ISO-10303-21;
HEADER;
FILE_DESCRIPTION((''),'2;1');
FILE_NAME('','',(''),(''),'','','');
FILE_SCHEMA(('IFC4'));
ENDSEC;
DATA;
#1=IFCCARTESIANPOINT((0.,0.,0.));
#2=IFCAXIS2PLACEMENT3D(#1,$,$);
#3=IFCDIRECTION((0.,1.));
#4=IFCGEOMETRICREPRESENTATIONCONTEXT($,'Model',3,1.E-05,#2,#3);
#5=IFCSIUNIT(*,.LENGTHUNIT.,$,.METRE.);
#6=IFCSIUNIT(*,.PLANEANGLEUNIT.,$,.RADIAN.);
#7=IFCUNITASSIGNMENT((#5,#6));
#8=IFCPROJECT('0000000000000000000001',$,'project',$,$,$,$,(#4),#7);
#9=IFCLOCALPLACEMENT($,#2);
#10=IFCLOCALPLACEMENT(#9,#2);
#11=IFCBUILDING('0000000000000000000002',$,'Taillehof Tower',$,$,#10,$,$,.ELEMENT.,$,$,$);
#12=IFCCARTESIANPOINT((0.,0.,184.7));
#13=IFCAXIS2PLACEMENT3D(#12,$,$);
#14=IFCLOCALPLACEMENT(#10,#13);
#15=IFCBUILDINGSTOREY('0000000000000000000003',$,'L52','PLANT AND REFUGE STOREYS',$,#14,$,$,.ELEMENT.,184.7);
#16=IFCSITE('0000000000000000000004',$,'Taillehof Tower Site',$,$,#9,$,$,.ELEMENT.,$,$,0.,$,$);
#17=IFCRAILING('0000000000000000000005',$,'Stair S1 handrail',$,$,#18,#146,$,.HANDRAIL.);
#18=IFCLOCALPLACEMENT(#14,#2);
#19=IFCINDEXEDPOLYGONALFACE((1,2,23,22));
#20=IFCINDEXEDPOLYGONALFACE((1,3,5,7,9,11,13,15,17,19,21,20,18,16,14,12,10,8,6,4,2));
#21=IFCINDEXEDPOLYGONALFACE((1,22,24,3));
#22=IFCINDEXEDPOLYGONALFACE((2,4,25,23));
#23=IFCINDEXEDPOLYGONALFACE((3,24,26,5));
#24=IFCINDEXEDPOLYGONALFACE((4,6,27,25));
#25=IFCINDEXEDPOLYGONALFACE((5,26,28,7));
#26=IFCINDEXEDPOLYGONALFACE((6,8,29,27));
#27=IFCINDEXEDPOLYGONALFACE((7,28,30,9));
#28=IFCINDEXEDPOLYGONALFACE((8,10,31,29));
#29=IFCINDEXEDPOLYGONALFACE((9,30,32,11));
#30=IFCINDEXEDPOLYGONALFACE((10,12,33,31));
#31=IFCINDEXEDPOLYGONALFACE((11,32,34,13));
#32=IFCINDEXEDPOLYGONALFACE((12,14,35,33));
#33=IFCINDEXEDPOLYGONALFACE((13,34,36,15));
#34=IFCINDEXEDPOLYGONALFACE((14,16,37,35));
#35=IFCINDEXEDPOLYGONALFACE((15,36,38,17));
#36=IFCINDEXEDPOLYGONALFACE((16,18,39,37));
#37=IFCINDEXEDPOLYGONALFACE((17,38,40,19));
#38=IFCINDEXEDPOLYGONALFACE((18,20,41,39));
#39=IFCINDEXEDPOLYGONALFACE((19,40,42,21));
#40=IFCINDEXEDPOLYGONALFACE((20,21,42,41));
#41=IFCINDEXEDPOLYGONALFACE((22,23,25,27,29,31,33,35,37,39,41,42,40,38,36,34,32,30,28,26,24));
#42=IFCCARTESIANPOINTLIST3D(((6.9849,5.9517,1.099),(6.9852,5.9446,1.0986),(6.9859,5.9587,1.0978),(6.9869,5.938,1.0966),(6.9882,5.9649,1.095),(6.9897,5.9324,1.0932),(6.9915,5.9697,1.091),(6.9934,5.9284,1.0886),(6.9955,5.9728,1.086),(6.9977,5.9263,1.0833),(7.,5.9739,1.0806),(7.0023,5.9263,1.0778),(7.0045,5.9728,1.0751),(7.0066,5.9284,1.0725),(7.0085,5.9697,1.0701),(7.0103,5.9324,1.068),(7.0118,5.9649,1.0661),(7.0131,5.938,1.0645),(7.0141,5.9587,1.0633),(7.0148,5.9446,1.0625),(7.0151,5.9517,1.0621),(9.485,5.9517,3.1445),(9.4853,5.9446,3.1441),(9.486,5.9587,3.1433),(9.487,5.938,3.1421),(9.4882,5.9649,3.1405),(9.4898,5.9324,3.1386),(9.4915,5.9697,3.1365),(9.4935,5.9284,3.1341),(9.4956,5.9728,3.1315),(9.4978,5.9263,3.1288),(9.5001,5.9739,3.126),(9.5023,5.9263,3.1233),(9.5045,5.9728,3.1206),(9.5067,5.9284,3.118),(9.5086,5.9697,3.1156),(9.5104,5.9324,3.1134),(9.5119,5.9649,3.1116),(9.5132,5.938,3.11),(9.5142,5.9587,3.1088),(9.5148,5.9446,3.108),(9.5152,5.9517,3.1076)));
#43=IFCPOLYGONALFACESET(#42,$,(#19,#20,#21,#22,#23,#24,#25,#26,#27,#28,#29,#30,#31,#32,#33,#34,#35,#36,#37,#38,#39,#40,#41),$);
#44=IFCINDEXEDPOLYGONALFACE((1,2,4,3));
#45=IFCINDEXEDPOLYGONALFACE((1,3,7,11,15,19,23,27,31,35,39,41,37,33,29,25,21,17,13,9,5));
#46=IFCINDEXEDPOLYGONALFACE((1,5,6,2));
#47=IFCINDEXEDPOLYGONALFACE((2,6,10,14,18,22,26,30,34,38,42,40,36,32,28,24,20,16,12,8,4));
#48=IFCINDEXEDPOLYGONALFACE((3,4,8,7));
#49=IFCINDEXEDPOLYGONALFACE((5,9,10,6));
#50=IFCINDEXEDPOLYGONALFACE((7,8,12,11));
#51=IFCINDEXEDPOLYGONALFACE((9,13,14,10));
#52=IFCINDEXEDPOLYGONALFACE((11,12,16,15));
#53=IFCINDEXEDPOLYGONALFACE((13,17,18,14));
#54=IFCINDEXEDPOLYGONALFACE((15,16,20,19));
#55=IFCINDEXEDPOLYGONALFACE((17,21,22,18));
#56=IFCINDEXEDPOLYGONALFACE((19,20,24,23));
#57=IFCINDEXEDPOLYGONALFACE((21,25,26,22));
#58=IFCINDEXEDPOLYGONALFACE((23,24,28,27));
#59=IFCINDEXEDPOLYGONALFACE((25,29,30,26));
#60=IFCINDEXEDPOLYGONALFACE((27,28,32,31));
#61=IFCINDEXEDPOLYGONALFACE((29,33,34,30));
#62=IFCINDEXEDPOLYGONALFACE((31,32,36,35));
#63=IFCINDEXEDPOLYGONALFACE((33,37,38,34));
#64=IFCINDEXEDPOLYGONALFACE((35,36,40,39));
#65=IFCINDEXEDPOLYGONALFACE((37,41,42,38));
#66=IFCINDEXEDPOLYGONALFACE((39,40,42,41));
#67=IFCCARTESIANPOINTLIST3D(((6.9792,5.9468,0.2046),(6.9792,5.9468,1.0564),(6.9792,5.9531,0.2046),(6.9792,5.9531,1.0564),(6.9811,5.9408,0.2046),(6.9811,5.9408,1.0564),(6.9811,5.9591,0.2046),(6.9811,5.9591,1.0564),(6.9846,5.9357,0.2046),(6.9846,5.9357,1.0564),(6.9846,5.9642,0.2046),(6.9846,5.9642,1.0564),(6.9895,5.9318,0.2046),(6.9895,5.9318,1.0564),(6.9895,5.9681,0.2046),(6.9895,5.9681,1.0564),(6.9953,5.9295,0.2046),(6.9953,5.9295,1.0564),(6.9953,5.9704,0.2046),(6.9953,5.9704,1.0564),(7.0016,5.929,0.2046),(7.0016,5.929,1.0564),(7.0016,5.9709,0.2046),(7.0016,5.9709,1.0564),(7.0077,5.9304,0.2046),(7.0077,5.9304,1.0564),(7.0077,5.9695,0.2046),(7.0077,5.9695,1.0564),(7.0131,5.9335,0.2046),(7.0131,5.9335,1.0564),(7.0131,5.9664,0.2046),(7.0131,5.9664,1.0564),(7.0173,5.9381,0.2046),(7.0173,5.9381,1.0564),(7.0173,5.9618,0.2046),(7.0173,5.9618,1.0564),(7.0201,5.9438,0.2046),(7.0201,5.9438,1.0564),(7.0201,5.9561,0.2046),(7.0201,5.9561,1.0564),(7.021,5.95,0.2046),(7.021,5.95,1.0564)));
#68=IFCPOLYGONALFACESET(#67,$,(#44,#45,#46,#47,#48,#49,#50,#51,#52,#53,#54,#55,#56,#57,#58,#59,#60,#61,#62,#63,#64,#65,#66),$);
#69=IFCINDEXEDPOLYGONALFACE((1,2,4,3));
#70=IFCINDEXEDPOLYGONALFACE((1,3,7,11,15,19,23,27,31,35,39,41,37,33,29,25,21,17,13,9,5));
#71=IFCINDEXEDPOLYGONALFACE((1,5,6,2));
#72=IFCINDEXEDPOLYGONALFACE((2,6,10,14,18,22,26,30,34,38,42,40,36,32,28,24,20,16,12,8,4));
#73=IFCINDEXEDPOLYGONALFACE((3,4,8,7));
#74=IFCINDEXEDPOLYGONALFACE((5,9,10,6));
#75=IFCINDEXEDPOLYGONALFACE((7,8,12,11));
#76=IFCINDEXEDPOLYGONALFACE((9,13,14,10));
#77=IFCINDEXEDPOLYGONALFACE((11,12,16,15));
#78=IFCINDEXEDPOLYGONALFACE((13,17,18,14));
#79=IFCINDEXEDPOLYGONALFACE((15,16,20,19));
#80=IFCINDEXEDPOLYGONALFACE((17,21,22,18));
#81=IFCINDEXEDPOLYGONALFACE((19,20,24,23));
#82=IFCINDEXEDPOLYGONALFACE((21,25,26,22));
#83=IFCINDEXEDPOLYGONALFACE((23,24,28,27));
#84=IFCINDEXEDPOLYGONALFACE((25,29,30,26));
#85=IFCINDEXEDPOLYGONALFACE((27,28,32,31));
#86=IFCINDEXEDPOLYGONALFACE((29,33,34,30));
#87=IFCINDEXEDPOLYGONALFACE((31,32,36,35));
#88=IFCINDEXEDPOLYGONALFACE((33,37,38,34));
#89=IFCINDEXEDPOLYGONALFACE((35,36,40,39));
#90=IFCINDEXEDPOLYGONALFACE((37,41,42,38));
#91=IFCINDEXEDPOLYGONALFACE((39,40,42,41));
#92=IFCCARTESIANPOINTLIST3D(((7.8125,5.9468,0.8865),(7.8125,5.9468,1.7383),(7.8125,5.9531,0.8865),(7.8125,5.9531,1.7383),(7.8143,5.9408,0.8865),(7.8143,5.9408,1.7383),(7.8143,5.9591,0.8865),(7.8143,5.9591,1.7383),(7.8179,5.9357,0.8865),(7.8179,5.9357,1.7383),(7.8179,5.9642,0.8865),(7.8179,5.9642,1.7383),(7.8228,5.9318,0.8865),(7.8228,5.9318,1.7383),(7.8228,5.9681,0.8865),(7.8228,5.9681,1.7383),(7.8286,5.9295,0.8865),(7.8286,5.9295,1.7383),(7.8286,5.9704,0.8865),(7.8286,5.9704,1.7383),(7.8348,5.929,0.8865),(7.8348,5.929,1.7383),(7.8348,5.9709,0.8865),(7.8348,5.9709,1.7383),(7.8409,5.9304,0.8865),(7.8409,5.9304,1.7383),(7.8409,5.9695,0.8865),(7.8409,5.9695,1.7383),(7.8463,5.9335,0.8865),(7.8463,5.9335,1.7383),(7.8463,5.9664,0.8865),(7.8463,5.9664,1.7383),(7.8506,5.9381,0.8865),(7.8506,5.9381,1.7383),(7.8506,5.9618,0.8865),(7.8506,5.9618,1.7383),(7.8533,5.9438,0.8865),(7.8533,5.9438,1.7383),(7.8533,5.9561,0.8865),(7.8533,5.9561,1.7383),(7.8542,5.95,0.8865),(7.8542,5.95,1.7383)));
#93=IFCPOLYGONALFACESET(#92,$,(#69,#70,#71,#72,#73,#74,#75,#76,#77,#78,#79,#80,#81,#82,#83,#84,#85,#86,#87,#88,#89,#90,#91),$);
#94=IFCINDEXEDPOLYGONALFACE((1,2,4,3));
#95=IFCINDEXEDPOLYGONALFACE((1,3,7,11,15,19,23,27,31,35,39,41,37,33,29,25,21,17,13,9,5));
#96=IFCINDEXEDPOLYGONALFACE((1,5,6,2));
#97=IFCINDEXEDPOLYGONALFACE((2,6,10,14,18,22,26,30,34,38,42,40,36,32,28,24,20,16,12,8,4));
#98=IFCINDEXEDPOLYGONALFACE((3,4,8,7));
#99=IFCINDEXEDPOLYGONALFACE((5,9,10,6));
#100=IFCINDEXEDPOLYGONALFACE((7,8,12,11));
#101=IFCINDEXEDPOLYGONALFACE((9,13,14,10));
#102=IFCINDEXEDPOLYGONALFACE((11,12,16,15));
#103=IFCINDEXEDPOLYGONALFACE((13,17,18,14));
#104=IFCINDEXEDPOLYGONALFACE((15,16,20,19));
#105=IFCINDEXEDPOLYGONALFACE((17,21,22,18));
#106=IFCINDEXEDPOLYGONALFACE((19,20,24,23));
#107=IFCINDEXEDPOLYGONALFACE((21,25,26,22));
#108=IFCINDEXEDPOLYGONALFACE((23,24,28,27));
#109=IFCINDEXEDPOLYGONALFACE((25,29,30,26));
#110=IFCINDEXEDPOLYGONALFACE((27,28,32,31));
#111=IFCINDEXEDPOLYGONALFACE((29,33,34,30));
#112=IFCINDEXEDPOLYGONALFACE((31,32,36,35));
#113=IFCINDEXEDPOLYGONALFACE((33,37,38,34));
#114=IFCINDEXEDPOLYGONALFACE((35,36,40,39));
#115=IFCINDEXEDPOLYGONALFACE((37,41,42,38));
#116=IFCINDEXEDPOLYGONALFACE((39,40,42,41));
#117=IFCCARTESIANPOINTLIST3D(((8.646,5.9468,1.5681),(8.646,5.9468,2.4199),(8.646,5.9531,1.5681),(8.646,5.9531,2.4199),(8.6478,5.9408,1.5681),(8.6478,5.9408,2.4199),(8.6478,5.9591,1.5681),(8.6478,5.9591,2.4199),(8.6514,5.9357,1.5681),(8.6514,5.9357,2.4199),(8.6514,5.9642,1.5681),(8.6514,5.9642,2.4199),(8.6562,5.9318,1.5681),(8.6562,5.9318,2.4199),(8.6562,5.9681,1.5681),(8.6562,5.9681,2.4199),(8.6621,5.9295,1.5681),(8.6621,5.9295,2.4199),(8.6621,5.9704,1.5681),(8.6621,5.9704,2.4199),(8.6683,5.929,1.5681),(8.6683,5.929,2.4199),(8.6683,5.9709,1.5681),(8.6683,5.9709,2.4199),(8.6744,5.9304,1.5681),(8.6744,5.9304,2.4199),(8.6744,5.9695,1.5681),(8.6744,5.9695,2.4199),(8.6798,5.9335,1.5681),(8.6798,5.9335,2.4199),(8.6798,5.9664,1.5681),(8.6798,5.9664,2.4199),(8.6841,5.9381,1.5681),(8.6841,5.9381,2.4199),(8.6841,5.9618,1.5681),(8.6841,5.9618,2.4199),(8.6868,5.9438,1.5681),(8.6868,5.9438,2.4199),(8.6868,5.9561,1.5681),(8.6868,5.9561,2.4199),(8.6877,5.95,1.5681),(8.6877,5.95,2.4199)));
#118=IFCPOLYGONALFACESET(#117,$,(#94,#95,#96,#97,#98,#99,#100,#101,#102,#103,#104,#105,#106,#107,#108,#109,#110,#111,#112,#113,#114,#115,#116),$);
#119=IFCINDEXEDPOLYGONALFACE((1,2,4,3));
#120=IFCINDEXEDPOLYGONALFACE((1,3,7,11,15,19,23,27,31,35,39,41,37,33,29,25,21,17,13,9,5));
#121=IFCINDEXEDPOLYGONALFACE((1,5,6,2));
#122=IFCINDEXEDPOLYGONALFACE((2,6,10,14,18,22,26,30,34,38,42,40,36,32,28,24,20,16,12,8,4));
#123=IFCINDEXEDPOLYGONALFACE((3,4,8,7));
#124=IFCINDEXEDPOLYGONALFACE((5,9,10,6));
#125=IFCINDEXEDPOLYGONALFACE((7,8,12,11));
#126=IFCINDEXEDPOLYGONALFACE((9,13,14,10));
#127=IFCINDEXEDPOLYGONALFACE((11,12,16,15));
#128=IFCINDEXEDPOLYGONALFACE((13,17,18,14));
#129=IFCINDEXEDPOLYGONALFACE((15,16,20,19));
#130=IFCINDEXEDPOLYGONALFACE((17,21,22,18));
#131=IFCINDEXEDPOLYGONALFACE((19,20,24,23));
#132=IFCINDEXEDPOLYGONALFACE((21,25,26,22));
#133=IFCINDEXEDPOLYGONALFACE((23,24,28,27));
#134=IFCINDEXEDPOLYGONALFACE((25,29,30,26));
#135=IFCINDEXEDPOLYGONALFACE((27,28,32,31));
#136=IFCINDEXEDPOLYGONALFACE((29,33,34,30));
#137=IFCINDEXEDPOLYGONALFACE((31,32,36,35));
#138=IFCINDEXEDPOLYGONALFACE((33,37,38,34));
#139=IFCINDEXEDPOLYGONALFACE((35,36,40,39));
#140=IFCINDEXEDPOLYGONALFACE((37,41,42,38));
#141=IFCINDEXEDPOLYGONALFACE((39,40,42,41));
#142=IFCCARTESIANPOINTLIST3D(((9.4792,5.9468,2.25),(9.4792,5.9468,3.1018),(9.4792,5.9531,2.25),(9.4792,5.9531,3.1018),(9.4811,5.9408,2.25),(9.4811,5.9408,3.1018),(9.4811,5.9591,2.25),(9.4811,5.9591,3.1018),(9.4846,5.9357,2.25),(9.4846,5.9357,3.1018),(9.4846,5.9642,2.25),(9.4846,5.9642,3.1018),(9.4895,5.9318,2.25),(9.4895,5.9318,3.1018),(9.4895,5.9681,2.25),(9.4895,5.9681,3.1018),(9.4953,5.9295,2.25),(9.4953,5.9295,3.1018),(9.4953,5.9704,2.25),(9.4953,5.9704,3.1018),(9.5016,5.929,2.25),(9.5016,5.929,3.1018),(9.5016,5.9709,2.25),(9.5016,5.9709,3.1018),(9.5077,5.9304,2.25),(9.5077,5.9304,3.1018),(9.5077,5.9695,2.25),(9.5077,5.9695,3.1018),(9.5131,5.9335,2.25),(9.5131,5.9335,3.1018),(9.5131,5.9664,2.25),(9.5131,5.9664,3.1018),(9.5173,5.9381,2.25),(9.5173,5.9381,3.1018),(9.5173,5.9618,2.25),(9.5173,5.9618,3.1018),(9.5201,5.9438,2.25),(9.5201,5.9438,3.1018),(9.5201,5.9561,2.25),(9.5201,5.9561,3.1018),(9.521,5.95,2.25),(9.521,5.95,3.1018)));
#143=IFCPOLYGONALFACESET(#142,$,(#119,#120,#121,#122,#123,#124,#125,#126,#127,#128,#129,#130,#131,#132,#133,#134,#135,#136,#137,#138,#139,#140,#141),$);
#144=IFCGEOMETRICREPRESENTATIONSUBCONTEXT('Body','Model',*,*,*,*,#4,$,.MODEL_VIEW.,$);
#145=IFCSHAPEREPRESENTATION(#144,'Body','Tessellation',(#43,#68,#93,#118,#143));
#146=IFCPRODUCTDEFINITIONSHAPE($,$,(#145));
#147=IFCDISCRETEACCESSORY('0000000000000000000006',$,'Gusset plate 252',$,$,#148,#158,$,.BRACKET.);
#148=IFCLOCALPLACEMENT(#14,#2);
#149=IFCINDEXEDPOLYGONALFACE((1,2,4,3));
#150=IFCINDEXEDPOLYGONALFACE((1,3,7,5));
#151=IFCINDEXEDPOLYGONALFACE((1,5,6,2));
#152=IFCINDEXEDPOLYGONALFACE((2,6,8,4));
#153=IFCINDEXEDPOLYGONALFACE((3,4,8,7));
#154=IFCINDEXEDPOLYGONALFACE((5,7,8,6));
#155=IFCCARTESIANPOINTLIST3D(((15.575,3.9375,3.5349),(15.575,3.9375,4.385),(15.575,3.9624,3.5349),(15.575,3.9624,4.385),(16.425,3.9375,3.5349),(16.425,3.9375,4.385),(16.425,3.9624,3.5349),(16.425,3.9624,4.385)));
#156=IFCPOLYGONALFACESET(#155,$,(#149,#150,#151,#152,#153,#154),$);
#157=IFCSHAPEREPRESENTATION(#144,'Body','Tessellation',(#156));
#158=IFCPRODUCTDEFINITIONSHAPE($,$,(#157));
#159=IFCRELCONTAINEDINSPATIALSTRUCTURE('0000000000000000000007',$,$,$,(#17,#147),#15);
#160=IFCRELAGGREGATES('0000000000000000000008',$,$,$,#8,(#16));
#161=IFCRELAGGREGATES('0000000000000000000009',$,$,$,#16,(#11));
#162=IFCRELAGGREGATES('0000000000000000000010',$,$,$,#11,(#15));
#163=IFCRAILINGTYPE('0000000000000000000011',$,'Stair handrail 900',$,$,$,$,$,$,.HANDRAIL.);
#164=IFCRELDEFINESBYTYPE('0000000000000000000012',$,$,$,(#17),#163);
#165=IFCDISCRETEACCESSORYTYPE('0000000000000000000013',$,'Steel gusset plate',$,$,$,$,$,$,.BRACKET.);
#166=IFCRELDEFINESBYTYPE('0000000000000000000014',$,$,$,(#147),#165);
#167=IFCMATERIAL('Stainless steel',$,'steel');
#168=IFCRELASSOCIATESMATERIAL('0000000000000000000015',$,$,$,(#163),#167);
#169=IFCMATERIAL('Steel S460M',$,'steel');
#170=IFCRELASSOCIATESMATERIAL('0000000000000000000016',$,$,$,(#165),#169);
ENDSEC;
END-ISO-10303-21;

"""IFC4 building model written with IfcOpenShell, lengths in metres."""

from ifc_helpers import new_model, si_unit, direction, frame, origin, origin_2d, place, context, subcontext, project, spatial, rectangle, circle, extrude, material, type_object, element, save


model = new_model("IFC4")

# Units and contexts
model_context = context("Model", 3, precision=1e-05, world=origin(), true_north=direction((0.0, 1.0)))
body_context = subcontext(model_context, "Body", "Model", "MODEL_VIEW")
ifc_project = project(units=[si_unit("LENGTHUNIT", "METRE"), si_unit("PLANEANGLEUNIT", "RADIAN")], contexts=[model_context])

# Site, building, storey
site_placement = place(None, origin())
site = spatial("IfcSite", under=ifc_project, at=site_placement, Name="Taillehof Tower Site", CompositionType="ELEMENT", RefElevation=0.0)
building_placement = place(site_placement, origin())
building = spatial("IfcBuilding", under=site, at=building_placement, Name="Taillehof Tower", CompositionType="ELEMENT")
storey_placement = place(building_placement, frame((0.0, 0.0, 184.7)))
storey = spatial("IfcBuildingStorey", under=building, at=storey_placement, Name="L52", Description="PLANT AND REFUGE STOREYS", CompositionType="ELEMENT", Elevation=184.7)

# Railing
ifc_material_1 = material(Name="Stainless steel", Category="steel")
railing_type = type_object("IfcRailingType", Name="Stair handrail 900", PredefinedType="HANDRAIL", material=ifc_material_1)
railing_placement = place(storey_placement, frame((7.0, 5.95, 0.2046)))
element("IfcRailing", 1, at=railing_placement, inside=storey, type_object=railing_type, Name="Stair S1 handrail", PredefinedType="HANDRAIL", context=body_context, shape_type="SweptSolid", body=[
    extrude(circle(Radius=0.0239, at=origin_2d()), frame((0.0, 0.0, 0.876), z_axis=(0.773964, 0.0, 0.63323), x_axis=(0.0, 1.0, 0.0)), (0.0, 0.0, 1.0), 3.2302),
    extrude(circle(Radius=0.021, at=origin_2d()), origin(), (0.0, 0.0, 1.0), 0.8518),
    extrude(circle(Radius=0.021, at=origin_2d()), frame((0.8333, 0.0, 0.6819)), (0.0, 0.0, 1.0), 0.8518),
    extrude(circle(Radius=0.021, at=origin_2d()), frame((1.6667, 0.0, 1.3635)), (0.0, 0.0, 1.0), 0.8518),
    extrude(circle(Radius=0.021, at=origin_2d()), frame((2.5, 0.0, 2.0454)), (0.0, 0.0, 1.0), 0.8518),
])

# Discrete accessory
ifc_material_2 = material(Name="Steel S460M", Category="steel")
discrete_accessory_type = type_object("IfcDiscreteAccessoryType", Name="Steel gusset plate", PredefinedType="BRACKET", material=ifc_material_2)
discrete_accessory_placement = place(storey_placement, frame((16.0, 3.95, 3.5349), z_axis=(0.0, 0.0, 1.0), x_axis=(1.0, 0.0, 0.0)))
element("IfcDiscreteAccessory", 2, at=discrete_accessory_placement, inside=storey, type_object=discrete_accessory_type, Name="Gusset plate 252", PredefinedType="BRACKET", context=body_context, shape_type="SweptSolid", body=[
    extrude(rectangle(XDim=0.8501, YDim=0.0249, at=origin_2d()), origin(), (0.0, 0.0, 1.0), 0.8501),
])

save(model, "model.ifc")
